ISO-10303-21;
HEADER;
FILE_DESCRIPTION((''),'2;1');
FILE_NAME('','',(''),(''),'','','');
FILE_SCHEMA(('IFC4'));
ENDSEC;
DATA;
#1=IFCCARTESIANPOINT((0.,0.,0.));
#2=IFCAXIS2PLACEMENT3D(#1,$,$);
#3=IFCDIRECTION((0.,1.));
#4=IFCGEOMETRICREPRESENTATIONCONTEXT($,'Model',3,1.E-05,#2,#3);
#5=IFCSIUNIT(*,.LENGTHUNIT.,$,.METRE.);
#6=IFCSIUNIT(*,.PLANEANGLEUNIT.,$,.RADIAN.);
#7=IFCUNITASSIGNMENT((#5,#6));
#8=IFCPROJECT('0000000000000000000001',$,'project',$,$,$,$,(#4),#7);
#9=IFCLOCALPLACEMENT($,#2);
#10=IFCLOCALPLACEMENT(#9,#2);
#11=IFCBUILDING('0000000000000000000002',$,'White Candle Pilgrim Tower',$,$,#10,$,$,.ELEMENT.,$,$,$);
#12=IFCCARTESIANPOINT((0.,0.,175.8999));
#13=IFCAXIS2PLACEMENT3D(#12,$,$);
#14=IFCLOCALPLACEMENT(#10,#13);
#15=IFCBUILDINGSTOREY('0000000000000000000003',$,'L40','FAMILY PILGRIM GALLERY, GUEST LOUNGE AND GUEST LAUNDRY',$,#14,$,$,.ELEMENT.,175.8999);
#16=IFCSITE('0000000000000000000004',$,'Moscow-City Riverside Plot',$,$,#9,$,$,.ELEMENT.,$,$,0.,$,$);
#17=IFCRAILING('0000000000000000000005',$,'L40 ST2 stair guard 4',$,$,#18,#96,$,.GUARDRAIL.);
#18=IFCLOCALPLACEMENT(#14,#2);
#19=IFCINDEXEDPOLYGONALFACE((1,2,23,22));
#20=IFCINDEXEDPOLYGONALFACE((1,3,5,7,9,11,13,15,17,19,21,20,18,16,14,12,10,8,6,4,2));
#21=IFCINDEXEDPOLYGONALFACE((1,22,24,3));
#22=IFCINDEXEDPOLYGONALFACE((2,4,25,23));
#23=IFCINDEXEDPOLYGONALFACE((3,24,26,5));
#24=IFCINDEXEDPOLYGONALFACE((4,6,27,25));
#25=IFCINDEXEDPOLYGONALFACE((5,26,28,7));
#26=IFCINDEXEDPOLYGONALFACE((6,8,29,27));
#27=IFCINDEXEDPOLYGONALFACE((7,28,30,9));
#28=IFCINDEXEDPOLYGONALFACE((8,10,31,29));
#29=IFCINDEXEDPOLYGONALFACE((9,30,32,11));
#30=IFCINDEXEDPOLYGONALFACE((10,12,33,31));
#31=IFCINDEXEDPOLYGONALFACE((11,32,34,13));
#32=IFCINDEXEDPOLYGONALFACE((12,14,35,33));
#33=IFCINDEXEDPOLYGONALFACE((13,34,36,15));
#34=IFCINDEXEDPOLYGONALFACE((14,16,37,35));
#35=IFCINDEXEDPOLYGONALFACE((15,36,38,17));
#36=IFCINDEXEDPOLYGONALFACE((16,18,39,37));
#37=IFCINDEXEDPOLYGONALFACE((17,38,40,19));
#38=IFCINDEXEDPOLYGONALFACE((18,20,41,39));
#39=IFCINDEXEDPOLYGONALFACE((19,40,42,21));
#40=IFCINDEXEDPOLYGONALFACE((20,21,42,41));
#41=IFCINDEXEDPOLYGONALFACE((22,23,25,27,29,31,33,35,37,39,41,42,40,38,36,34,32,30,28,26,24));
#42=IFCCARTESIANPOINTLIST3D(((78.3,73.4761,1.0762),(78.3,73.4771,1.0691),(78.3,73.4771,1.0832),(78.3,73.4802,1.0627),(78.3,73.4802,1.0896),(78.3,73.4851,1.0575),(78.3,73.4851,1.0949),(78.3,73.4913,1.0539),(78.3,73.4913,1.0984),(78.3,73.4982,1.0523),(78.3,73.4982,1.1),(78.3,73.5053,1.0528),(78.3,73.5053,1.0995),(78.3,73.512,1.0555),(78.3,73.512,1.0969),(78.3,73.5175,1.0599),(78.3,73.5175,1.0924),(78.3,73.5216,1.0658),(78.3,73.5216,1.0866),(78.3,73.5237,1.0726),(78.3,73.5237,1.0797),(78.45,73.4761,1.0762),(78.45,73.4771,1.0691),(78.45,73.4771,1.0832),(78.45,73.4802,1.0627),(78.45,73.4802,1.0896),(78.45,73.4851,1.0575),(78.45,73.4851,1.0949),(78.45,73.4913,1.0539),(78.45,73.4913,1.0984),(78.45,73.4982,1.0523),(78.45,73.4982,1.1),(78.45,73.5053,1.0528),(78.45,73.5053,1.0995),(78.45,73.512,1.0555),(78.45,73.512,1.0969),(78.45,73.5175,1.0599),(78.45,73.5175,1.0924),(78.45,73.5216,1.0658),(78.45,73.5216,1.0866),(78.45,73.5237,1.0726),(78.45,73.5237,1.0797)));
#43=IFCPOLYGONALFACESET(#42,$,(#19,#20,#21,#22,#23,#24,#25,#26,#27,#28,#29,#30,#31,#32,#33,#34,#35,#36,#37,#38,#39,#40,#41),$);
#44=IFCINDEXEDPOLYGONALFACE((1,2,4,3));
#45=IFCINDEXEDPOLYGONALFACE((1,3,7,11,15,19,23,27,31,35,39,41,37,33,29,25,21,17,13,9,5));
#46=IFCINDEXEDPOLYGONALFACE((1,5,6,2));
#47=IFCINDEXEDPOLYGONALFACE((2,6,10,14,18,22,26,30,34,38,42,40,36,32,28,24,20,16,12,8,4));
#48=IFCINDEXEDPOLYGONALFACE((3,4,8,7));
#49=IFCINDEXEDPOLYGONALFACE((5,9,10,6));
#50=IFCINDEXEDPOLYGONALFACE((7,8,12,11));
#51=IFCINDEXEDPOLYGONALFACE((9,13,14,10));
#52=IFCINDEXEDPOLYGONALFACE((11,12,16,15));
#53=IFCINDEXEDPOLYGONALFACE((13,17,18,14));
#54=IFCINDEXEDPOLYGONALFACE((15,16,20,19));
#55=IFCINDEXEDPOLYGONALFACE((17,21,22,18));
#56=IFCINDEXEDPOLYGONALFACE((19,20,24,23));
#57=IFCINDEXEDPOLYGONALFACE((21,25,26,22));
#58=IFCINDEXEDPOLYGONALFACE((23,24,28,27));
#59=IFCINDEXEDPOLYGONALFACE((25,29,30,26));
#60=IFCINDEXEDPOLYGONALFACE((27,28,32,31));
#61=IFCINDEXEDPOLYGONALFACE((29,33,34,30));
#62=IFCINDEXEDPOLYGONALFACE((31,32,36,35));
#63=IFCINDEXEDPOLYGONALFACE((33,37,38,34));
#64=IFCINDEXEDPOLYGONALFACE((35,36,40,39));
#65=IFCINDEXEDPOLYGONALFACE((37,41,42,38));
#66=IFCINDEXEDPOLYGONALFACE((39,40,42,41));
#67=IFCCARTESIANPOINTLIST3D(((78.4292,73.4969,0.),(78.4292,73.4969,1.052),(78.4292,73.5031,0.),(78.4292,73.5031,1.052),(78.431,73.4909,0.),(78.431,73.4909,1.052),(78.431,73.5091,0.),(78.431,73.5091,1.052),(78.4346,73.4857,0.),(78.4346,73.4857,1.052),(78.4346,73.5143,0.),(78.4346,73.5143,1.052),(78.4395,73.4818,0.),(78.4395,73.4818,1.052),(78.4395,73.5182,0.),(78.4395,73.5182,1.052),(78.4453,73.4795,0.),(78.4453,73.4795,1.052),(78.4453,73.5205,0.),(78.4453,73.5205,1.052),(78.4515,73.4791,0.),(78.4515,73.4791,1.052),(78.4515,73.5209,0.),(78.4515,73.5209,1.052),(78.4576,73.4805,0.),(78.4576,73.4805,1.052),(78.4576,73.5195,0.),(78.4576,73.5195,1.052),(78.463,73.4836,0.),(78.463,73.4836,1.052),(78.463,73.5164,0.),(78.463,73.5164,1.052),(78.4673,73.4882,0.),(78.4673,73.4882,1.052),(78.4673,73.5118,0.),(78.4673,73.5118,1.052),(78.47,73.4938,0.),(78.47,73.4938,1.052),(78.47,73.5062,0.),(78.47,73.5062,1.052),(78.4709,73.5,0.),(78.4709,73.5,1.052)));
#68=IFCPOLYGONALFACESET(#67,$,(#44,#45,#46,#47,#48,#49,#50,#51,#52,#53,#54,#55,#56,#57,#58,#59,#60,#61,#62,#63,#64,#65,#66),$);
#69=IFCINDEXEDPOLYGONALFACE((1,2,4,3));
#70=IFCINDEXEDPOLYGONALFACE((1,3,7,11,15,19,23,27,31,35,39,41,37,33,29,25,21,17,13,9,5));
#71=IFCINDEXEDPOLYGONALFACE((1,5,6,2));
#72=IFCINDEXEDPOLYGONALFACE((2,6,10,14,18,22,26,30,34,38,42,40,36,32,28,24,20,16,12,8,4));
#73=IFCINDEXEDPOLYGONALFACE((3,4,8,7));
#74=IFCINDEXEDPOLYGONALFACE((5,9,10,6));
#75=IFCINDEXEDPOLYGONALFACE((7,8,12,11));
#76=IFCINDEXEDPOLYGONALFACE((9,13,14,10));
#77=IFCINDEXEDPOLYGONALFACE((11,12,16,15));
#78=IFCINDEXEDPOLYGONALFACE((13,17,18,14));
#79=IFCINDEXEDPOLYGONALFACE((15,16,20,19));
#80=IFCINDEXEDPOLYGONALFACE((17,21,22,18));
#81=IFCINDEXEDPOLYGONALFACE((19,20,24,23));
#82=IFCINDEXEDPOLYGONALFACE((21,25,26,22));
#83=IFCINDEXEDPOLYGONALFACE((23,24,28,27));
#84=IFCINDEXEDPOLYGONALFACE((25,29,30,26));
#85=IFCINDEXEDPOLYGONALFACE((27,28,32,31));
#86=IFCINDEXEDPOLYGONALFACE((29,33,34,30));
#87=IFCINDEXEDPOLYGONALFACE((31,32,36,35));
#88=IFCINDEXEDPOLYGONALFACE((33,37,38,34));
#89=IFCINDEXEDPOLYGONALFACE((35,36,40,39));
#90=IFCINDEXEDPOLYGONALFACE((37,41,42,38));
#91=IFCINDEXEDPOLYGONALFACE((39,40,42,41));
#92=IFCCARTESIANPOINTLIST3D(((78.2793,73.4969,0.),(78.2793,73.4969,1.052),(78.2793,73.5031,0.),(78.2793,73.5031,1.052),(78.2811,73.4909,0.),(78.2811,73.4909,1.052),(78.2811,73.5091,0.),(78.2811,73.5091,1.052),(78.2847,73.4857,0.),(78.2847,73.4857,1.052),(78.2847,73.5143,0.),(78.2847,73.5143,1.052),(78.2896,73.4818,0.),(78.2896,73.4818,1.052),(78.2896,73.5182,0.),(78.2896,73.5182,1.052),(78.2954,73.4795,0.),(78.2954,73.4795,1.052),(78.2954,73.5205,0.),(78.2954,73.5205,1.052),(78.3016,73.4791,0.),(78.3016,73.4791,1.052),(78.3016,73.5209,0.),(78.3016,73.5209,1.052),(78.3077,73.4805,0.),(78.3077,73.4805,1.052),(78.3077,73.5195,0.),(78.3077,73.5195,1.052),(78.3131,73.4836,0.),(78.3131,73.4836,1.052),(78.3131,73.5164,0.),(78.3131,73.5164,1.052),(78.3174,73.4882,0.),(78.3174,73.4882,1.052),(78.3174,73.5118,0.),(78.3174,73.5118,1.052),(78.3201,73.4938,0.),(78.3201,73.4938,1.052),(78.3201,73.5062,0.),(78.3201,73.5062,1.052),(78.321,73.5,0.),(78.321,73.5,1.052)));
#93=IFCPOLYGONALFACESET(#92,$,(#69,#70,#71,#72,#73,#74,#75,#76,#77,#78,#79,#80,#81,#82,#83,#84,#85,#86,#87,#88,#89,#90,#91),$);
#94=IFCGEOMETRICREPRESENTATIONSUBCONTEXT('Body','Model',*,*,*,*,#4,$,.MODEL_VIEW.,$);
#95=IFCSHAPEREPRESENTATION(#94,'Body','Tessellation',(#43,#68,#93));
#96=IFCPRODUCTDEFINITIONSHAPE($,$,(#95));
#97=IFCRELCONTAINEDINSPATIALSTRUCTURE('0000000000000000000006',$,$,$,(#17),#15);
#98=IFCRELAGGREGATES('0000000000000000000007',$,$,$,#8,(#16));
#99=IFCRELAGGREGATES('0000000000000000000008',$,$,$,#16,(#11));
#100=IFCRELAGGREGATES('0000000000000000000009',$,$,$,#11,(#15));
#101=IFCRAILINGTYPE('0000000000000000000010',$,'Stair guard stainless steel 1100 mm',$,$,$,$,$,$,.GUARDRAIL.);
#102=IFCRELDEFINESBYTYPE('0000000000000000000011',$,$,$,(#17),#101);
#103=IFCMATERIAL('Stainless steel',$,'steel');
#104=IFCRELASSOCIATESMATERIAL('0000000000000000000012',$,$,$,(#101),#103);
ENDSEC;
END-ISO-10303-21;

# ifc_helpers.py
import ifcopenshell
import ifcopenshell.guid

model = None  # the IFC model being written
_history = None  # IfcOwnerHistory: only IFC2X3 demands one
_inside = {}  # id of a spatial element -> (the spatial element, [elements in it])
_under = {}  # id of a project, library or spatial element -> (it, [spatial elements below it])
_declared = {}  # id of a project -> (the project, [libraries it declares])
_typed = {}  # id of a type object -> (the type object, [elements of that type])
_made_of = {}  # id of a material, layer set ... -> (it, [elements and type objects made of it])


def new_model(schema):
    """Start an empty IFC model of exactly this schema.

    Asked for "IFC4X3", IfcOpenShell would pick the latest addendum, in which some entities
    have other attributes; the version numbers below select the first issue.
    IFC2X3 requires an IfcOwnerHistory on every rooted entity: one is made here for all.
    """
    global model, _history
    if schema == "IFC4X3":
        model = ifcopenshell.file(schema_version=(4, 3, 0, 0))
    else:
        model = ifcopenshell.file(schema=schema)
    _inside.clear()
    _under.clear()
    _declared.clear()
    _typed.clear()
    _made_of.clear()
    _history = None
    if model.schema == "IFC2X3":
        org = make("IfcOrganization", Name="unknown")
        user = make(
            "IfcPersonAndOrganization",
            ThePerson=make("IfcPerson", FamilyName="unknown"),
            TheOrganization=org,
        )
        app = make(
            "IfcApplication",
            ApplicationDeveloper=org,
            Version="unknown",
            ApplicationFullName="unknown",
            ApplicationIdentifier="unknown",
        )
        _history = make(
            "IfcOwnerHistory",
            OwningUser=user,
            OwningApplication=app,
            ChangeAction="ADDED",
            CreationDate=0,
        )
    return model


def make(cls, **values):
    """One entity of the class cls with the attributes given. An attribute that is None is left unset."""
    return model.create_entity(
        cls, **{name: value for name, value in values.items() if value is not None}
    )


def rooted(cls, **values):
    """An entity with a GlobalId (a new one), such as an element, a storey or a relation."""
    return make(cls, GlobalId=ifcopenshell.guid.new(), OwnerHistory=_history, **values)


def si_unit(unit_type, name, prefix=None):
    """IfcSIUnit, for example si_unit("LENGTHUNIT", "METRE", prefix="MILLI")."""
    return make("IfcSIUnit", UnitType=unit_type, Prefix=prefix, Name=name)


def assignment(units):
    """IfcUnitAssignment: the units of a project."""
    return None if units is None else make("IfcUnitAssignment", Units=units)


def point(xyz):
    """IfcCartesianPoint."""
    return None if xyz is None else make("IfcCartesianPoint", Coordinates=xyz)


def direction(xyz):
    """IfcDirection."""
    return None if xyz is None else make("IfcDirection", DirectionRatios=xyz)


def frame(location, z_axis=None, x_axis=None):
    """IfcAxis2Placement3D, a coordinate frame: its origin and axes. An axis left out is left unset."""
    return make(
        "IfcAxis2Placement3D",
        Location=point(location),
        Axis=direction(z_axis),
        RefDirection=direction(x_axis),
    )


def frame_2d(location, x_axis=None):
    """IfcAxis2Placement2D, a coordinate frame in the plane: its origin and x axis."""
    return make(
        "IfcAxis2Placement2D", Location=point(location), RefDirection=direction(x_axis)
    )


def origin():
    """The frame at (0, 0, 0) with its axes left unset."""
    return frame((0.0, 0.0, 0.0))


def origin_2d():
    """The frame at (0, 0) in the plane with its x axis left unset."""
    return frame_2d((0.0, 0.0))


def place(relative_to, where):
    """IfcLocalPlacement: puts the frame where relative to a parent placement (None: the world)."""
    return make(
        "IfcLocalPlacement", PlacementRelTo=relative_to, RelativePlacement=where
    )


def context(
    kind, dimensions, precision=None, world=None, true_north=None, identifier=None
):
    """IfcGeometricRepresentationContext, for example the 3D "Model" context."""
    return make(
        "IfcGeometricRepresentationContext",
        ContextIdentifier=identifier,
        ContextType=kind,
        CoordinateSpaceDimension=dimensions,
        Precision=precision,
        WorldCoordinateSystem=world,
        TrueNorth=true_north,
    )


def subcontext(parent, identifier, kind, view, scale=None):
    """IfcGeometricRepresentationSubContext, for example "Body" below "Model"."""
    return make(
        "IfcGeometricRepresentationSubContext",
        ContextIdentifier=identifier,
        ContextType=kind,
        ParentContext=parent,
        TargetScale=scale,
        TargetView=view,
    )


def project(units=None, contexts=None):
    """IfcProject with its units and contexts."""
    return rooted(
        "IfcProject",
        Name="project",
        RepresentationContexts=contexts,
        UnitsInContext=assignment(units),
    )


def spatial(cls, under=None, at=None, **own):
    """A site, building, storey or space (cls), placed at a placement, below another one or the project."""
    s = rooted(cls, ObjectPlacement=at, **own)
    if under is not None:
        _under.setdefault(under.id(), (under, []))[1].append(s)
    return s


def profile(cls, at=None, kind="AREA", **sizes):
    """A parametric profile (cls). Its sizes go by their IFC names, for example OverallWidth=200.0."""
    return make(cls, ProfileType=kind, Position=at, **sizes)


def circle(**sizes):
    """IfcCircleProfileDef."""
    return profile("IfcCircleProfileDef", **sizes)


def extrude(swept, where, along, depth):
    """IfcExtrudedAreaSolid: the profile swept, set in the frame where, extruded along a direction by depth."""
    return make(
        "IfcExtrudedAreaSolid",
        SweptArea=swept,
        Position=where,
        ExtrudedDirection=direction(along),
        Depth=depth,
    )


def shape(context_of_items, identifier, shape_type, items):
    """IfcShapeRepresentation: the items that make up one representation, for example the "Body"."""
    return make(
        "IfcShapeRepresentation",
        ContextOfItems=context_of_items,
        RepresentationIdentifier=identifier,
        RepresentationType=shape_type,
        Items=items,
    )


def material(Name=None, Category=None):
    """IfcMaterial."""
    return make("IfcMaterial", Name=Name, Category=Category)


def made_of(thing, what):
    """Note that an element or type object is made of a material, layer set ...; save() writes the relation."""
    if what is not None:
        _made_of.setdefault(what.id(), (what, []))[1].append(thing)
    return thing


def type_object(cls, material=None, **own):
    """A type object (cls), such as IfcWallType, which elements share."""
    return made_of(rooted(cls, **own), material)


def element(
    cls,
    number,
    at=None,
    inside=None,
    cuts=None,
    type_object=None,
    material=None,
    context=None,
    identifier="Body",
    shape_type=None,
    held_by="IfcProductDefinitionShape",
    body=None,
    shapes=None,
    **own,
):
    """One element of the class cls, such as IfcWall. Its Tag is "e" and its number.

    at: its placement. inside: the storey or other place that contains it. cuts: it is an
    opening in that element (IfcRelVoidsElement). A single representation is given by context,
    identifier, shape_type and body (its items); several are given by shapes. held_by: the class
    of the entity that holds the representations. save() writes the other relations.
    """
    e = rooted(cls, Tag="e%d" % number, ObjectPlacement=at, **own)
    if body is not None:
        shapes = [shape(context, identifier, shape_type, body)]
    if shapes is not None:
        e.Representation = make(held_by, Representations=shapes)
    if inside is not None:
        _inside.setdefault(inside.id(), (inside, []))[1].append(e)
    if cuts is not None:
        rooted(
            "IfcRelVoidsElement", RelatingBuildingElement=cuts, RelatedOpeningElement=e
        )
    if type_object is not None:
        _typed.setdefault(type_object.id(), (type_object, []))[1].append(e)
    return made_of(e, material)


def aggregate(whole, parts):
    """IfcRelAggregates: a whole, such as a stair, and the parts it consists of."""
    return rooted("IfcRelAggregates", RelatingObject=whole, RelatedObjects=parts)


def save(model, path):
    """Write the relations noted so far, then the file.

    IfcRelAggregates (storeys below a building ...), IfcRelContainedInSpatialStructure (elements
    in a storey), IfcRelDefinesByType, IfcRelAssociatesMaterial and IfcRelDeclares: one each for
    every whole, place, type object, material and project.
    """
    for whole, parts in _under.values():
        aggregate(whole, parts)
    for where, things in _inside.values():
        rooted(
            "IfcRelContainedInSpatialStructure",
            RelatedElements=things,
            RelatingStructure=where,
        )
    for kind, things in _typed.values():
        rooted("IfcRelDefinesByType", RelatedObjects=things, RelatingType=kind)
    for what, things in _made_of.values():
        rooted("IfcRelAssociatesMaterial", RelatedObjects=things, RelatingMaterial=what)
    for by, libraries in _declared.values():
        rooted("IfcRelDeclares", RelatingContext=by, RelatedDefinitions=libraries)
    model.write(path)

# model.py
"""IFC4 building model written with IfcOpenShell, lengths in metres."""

from ifc_helpers import new_model, si_unit, direction, frame, origin, origin_2d, place, context, subcontext, project, spatial, circle, extrude, material, type_object, element, save


model = new_model("IFC4")

# Units and contexts
model_context = context("Model", 3, precision=1e-05, world=origin(), true_north=direction((0.0, 1.0)))
body_context = subcontext(model_context, "Body", "Model", "MODEL_VIEW")
ifc_project = project(units=[si_unit("LENGTHUNIT", "METRE"), si_unit("PLANEANGLEUNIT", "RADIAN")], contexts=[model_context])

# Site, building, storey
site_placement = place(None, origin())
site = spatial("IfcSite", under=ifc_project, at=site_placement, Name="Moscow-City Riverside Plot", CompositionType="ELEMENT", RefElevation=0.0)
building_placement = place(site_placement, origin())
building = spatial("IfcBuilding", under=site, at=building_placement, Name="White Candle Pilgrim Tower", CompositionType="ELEMENT")
storey_placement = place(building_placement, frame((0.0, 0.0, 175.8999)))
storey = spatial("IfcBuildingStorey", under=building, at=storey_placement, Name="L40", Description="FAMILY PILGRIM GALLERY, GUEST LOUNGE AND GUEST LAUNDRY", CompositionType="ELEMENT", Elevation=175.8999)

# Railing
ifc_material_1 = material(Name="Stainless steel", Category="steel")
railing_type = type_object("IfcRailingType", Name="Stair guard stainless steel 1100 mm", PredefinedType="GUARDRAIL", material=ifc_material_1)
railing_1_placement = place(storey_placement, frame((78.45, 73.5, 0.0)))
element("IfcRailing", 1, at=railing_1_placement, inside=storey, type_object=railing_type, Name="L40 ST2 stair guard 4", PredefinedType="GUARDRAIL", context=body_context, shape_type="SweptSolid", body=[
    extrude(circle(Radius=0.0239, at=origin_2d()), frame((0.0, 0.0, 1.0762), z_axis=(-1.0, 0.0, 0.0), x_axis=(0.0, -1.0, 0.0)), (0.0, 0.0, 1.0), 0.1499),
    extrude(circle(Radius=0.021, at=origin_2d()), origin(), (0.0, 0.0, 1.0), 1.052),
    extrude(circle(Radius=0.021, at=origin_2d()), frame((-0.1499, 0.0, 0.0)), (0.0, 0.0, 1.0), 1.052),
])

save(model, "model.ifc")
